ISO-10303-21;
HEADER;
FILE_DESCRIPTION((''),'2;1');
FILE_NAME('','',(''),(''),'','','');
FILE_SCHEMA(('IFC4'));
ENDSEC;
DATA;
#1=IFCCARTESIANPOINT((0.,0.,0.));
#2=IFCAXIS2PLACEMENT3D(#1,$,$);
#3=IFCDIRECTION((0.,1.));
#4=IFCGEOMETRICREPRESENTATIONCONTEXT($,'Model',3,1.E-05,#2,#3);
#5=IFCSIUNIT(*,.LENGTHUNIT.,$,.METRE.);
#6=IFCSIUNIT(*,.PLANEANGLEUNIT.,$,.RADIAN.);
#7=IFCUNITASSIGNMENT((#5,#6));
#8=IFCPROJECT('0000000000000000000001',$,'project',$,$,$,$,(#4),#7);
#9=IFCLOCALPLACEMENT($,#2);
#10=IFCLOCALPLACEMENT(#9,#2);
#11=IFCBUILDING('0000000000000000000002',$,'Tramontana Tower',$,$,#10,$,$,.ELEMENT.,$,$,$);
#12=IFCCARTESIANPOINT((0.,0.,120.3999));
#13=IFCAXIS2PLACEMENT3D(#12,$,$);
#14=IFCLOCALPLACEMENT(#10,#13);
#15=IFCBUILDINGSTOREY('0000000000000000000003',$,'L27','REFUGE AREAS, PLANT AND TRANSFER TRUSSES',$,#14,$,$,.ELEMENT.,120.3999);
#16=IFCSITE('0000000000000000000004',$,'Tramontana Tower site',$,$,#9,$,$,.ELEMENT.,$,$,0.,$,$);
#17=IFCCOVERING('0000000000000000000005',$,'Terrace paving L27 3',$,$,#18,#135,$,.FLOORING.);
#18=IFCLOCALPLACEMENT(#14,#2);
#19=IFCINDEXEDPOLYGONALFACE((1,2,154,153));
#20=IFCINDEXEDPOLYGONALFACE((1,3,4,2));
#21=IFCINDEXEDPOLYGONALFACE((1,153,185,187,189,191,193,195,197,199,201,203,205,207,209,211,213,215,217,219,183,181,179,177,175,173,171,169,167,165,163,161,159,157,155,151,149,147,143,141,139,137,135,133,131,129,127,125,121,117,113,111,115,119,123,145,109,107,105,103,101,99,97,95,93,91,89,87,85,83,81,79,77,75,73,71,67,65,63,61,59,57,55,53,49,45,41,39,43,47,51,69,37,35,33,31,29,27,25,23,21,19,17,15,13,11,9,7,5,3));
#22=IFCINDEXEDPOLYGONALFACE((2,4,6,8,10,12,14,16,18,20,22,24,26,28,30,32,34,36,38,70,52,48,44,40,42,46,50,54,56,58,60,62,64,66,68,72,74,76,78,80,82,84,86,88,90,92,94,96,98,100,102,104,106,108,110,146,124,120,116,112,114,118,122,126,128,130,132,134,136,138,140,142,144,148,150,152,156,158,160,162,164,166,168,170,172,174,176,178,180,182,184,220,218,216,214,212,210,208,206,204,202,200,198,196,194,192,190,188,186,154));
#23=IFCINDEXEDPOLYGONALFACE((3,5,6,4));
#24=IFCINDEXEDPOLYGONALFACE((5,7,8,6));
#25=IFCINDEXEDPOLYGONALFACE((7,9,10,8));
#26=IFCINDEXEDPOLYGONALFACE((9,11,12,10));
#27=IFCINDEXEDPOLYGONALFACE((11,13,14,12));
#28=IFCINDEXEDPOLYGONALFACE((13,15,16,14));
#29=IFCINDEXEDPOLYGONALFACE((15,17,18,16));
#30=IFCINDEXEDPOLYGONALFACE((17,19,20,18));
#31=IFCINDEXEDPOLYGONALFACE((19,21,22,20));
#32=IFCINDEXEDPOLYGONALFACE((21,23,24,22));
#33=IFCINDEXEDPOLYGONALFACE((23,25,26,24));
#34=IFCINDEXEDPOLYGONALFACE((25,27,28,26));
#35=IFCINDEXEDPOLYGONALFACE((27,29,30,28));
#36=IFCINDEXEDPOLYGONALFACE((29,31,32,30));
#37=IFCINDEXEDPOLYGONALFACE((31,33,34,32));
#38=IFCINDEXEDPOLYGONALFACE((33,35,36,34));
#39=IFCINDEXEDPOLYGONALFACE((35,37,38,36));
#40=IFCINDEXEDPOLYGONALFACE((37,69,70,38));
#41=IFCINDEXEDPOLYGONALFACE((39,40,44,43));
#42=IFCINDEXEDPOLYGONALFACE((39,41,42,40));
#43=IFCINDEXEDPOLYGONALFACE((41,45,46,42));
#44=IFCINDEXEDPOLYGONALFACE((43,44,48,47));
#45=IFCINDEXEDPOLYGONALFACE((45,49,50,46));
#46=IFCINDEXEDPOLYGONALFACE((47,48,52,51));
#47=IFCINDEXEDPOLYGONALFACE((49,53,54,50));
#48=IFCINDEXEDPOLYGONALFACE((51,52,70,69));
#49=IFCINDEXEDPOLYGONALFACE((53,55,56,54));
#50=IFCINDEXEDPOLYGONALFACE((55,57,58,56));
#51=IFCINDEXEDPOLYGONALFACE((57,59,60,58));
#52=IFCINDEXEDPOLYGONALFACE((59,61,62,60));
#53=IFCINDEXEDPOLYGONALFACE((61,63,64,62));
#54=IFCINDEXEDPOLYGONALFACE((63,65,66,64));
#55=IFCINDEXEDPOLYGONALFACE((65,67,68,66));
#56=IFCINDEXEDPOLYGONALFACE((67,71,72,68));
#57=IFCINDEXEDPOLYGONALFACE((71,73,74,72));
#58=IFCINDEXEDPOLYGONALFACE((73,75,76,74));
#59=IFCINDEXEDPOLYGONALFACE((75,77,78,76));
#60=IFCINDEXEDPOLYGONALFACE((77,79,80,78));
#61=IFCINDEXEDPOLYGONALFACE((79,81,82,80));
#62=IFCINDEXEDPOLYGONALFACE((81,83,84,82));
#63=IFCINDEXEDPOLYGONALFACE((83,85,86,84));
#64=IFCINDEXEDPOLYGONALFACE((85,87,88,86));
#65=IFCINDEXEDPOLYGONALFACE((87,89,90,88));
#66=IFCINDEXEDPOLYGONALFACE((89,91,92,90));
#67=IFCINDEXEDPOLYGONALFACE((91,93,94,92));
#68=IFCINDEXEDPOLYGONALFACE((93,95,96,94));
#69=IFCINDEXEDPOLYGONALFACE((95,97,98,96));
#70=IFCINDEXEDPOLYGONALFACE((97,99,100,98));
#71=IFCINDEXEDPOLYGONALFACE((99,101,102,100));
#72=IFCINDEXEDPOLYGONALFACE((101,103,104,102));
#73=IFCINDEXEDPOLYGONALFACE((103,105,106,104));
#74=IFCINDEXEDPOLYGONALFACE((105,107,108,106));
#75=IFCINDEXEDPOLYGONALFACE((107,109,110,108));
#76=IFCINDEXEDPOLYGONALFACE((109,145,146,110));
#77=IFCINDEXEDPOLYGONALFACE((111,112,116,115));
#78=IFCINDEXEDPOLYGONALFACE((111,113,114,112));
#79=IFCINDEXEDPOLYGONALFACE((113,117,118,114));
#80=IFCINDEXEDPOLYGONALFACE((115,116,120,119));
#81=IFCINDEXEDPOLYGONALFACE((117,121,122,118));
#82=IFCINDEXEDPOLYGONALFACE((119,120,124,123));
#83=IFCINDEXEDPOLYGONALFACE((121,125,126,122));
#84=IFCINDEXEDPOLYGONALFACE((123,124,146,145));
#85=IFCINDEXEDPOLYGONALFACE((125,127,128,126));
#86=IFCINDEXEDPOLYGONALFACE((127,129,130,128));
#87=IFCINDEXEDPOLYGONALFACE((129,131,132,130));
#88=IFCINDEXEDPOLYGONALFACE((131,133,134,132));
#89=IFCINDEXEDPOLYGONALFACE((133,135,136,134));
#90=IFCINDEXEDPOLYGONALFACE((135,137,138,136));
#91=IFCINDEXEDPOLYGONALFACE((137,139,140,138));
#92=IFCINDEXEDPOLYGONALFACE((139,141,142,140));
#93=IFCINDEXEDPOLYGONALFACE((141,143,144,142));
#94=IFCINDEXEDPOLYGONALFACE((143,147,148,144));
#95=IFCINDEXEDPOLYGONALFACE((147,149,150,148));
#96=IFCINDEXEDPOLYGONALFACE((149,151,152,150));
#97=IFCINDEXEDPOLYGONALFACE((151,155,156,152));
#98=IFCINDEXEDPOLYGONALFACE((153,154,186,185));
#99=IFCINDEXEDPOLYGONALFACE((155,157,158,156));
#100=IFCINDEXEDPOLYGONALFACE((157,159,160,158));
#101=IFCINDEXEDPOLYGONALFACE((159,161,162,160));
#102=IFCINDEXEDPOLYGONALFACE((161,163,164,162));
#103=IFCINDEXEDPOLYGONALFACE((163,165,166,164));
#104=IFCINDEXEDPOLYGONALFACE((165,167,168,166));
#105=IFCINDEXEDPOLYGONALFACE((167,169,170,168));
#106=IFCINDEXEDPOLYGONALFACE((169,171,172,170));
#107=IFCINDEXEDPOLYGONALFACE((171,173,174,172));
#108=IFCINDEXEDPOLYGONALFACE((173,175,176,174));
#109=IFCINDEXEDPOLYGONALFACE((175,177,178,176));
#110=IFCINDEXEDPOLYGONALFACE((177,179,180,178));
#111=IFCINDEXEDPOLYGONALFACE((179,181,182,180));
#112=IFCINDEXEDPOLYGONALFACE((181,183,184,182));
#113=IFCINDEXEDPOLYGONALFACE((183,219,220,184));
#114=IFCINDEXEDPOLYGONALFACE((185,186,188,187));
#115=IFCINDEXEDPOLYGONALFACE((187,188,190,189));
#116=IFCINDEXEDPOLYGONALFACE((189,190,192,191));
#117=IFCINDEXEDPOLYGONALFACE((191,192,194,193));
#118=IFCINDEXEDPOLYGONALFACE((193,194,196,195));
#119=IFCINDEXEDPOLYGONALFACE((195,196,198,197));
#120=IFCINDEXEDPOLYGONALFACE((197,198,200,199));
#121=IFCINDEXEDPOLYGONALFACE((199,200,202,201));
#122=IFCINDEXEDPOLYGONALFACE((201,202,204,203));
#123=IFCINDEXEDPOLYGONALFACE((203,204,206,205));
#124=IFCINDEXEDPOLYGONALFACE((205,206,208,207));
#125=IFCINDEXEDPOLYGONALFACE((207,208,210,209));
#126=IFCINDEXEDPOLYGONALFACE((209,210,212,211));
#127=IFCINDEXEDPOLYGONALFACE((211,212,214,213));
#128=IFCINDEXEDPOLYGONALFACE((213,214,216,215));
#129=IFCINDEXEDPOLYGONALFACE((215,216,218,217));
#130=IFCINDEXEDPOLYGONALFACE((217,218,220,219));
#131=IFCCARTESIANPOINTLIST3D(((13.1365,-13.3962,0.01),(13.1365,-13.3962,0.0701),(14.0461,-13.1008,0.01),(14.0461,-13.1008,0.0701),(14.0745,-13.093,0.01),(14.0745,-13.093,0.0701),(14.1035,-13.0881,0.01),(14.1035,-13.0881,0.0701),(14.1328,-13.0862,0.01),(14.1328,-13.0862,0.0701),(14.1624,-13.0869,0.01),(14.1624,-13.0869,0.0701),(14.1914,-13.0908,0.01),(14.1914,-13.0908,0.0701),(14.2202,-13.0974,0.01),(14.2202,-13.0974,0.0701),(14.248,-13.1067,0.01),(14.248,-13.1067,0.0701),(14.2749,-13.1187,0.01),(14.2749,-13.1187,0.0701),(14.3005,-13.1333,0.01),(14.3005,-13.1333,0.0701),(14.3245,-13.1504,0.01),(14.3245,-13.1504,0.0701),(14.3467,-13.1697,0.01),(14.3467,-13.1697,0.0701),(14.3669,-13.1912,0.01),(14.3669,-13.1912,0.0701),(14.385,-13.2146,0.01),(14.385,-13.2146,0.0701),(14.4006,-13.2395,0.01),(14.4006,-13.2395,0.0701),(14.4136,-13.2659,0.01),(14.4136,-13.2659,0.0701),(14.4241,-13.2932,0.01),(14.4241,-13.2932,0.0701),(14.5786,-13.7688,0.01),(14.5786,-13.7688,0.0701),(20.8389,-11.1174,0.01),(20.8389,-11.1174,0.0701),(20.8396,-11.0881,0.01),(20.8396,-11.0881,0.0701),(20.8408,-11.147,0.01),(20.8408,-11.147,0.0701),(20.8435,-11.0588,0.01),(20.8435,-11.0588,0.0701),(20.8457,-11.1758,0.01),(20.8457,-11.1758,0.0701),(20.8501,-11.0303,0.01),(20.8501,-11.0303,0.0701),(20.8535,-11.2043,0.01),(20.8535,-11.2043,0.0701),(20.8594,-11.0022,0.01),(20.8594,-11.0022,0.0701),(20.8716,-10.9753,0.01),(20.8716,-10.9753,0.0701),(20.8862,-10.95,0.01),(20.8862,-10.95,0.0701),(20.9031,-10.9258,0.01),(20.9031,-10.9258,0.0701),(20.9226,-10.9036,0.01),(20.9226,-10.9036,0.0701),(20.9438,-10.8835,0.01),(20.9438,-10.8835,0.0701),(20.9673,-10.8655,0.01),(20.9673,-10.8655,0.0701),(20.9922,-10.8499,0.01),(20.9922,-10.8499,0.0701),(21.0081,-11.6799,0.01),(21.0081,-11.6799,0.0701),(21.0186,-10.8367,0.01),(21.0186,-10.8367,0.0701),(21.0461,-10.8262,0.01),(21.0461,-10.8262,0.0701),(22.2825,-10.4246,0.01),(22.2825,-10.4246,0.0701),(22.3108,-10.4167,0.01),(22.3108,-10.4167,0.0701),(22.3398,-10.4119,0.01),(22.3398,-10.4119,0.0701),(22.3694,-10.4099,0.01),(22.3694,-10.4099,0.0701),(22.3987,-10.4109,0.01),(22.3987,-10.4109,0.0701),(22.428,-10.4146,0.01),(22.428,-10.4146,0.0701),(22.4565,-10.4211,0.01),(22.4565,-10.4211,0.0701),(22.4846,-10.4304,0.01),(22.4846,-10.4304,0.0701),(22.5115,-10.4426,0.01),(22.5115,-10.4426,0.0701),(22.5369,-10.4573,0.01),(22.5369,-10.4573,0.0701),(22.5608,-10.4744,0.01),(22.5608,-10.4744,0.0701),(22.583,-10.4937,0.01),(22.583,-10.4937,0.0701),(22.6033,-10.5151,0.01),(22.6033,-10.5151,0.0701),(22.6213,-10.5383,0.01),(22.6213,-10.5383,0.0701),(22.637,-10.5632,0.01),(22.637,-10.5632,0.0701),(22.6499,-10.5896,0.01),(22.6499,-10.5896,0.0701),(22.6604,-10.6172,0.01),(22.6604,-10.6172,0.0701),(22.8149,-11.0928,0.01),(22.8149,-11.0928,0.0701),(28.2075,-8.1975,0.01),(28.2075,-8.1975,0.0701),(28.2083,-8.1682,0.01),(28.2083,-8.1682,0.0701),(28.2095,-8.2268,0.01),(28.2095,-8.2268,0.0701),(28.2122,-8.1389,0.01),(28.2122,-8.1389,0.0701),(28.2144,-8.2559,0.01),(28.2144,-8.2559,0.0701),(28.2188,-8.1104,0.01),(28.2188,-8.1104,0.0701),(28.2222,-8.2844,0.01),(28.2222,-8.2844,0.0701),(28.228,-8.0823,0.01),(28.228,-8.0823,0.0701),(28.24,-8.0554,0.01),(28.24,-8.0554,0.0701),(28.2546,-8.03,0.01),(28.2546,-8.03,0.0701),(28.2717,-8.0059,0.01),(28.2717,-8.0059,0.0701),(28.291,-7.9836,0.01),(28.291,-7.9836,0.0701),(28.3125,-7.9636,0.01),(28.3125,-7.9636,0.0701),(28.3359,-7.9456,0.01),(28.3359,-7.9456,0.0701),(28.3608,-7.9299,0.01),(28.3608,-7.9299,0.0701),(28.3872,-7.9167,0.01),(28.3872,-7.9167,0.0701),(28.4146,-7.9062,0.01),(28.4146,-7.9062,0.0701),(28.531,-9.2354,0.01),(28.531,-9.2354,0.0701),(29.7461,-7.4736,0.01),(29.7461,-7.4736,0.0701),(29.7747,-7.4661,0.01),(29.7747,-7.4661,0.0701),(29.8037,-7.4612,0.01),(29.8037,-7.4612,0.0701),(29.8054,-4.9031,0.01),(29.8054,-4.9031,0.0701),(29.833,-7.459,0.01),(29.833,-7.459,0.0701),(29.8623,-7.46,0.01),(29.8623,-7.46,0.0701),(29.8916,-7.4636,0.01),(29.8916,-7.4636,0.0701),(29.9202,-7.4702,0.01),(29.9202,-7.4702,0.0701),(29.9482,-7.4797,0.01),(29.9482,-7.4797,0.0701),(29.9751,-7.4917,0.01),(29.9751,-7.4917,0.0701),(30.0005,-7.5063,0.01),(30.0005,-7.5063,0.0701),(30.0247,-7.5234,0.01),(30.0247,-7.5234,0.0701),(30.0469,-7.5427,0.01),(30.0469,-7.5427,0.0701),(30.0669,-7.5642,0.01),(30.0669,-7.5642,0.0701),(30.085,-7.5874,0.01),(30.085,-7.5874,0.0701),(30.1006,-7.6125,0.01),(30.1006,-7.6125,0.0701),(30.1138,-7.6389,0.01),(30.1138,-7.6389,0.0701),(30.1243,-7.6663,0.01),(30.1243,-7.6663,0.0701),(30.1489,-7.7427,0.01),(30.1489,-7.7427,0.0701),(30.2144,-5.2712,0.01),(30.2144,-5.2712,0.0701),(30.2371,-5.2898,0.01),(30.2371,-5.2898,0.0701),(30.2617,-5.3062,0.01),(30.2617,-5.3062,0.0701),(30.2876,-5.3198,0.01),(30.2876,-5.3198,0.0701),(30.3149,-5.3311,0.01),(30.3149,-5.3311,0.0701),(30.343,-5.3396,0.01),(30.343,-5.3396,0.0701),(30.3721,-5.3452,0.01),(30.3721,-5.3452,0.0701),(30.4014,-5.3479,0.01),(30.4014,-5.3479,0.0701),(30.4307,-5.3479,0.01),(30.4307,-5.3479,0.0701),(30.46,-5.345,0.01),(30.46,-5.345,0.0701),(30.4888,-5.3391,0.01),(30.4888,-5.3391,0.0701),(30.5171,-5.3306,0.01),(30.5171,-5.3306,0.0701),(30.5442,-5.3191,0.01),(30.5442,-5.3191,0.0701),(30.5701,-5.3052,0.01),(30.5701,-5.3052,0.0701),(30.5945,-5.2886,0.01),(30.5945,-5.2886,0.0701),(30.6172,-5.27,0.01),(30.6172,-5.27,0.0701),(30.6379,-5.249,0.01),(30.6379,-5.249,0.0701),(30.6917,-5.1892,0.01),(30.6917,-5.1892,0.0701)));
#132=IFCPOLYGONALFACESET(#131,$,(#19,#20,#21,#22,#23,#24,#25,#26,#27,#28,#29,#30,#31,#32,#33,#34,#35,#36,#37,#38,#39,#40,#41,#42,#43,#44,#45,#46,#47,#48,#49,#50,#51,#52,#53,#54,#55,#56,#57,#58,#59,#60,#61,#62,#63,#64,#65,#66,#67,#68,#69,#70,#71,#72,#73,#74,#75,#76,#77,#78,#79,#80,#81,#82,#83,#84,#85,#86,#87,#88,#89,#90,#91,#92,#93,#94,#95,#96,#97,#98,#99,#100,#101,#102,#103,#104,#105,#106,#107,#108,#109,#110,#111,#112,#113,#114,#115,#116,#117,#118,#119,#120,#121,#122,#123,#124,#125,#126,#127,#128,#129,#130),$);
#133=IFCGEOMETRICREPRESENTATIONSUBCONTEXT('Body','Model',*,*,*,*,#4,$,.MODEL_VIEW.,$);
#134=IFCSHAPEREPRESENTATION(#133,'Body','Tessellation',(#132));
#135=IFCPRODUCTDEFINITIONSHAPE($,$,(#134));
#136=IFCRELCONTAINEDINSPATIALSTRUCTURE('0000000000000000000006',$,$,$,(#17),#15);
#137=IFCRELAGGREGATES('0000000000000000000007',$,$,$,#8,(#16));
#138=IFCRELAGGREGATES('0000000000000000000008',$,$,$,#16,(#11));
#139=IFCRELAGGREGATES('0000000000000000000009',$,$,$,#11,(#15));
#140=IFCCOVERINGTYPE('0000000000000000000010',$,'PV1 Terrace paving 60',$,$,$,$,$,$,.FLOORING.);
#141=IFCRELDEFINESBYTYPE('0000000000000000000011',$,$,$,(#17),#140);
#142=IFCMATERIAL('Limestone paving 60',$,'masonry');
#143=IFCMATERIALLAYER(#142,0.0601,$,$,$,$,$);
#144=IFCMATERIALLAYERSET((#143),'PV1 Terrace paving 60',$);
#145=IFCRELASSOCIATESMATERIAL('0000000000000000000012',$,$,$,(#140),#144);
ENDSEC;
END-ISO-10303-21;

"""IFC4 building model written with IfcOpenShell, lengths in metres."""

from ifc_helpers import new_model, si_unit, direction, frame, origin, place, context, subcontext, project, spatial, polyline, outline, extrude, material, layer, layer_set, type_object, element, save


model = new_model("IFC4")

# Units and contexts
model_context = context("Model", 3, precision=1e-05, world=origin(), true_north=direction((0.0, 1.0)))
body_context = subcontext(model_context, "Body", "Model", "MODEL_VIEW")
ifc_project = project(units=[si_unit("LENGTHUNIT", "METRE"), si_unit("PLANEANGLEUNIT", "RADIAN")], contexts=[model_context])

# Site, building, storey
site_placement = place(None, origin())
site = spatial("IfcSite", under=ifc_project, at=site_placement, Name="Tramontana Tower site", CompositionType="ELEMENT", RefElevation=0.0)
building_placement = place(site_placement, origin())
building = spatial("IfcBuilding", under=site, at=building_placement, Name="Tramontana Tower", CompositionType="ELEMENT")
storey_placement = place(building_placement, frame((0.0, 0.0, 120.3999)))
storey = spatial("IfcBuildingStorey", under=building, at=storey_placement, Name="L27", Description="REFUGE AREAS, PLANT AND TRANSFER TRUSSES", CompositionType="ELEMENT", Elevation=120.3999)

# Covering
ifc_material_1 = material(Name="Limestone paving 60", Category="masonry")
ifc_layer_1 = layer(ifc_material_1, 0.0601)
ifc_layer_set_1 = layer_set([ifc_layer_1], Name="PV1 Terrace paving 60")
covering_type_1 = type_object("IfcCoveringType", Name="PV1 Terrace paving 60", PredefinedType="FLOORING", material=ifc_layer_set_1)
covering_1_placement = place(storey_placement, frame((0.0, 0.0, 0.01)))
element("IfcCovering", 1, at=covering_1_placement, inside=storey, type_object=covering_type_1, Name="Terrace paving L27 3", PredefinedType="FLOORING", context=body_context, shape_type="SweptSolid", body=[
    extrude(outline(polyline([(30.1489, -7.7427), (30.1243, -7.6663), (30.1138, -7.6389), (30.1006, -7.6125), (30.085, -7.5874), (30.0669, -7.5642), (30.0469, -7.5427), (30.0247, -7.5234), (30.0005, -7.5063), (29.9751, -7.4917), (29.9482, -7.4797), (29.9202, -7.4702), (29.8916, -7.4636), (29.8623, -7.46), (29.833, -7.459), (29.8037, -7.4612), (29.7747, -7.4661), (29.7461, -7.4736), (28.4146, -7.9062), (28.3872, -7.9167), (28.3608, -7.9299), (28.3359, -7.9456), (28.3125, -7.9636), (28.291, -7.9836), (28.2717, -8.0059), (28.2546, -8.03), (28.24, -8.0554), (28.228, -8.0823), (28.2188, -8.1104), (28.2122, -8.1389), (28.2083, -8.1682), (28.2075, -8.1975), (28.2095, -8.2268), (28.2144, -8.2559), (28.2222, -8.2844), (28.531, -9.2354), (22.8149, -11.0928), (22.6604, -10.6172), (22.6499, -10.5896), (22.637, -10.5632), (22.6213, -10.5383), (22.6033, -10.5151), (22.583, -10.4937), (22.5608, -10.4744), (22.5369, -10.4573), (22.5115, -10.4426), (22.4846, -10.4304), (22.4565, -10.4211), (22.428, -10.4146), (22.3987, -10.4109), (22.3694, -10.4099), (22.3398, -10.4119), (22.3108, -10.4167), (22.2825, -10.4246), (21.0461, -10.8262), (21.0186, -10.8367), (20.9922, -10.8499), (20.9673, -10.8655), (20.9438, -10.8835), (20.9226, -10.9036), (20.9031, -10.9258), (20.8862, -10.95), (20.8716, -10.9753), (20.8594, -11.0022), (20.8501, -11.0303), (20.8435, -11.0588), (20.8396, -11.0881), (20.8389, -11.1174), (20.8408, -11.147), (20.8457, -11.1758), (20.8535, -11.2043), (21.0081, -11.6799), (14.5786, -13.7688), (14.4241, -13.2932), (14.4136, -13.2659), (14.4006, -13.2395), (14.385, -13.2146), (14.3669, -13.1912), (14.3467, -13.1697), (14.3245, -13.1504), (14.3005, -13.1333), (14.2749, -13.1187), (14.248, -13.1067), (14.2202, -13.0974), (14.1914, -13.0908), (14.1624, -13.0869), (14.1328, -13.0862), (14.1035, -13.0881), (14.0745, -13.093), (14.0461, -13.1008), (13.1365, -13.3962), (29.8054, -4.9031), (30.2144, -5.2712), (30.2371, -5.2898), (30.2617, -5.3062), (30.2876, -5.3198), (30.3149, -5.3311), (30.343, -5.3396), (30.3721, -5.3452), (30.4014, -5.3479), (30.4307, -5.3479), (30.46, -5.345), (30.4888, -5.3391), (30.5171, -5.3306), (30.5442, -5.3191), (30.5701, -5.3052), (30.5945, -5.2886), (30.6172, -5.27), (30.6379, -5.249), (30.6917, -5.1892), (30.1489, -7.7427)])), origin(), (0.0, 0.0, 1.0), 0.0601),
])

save(model, "model.ifc")
